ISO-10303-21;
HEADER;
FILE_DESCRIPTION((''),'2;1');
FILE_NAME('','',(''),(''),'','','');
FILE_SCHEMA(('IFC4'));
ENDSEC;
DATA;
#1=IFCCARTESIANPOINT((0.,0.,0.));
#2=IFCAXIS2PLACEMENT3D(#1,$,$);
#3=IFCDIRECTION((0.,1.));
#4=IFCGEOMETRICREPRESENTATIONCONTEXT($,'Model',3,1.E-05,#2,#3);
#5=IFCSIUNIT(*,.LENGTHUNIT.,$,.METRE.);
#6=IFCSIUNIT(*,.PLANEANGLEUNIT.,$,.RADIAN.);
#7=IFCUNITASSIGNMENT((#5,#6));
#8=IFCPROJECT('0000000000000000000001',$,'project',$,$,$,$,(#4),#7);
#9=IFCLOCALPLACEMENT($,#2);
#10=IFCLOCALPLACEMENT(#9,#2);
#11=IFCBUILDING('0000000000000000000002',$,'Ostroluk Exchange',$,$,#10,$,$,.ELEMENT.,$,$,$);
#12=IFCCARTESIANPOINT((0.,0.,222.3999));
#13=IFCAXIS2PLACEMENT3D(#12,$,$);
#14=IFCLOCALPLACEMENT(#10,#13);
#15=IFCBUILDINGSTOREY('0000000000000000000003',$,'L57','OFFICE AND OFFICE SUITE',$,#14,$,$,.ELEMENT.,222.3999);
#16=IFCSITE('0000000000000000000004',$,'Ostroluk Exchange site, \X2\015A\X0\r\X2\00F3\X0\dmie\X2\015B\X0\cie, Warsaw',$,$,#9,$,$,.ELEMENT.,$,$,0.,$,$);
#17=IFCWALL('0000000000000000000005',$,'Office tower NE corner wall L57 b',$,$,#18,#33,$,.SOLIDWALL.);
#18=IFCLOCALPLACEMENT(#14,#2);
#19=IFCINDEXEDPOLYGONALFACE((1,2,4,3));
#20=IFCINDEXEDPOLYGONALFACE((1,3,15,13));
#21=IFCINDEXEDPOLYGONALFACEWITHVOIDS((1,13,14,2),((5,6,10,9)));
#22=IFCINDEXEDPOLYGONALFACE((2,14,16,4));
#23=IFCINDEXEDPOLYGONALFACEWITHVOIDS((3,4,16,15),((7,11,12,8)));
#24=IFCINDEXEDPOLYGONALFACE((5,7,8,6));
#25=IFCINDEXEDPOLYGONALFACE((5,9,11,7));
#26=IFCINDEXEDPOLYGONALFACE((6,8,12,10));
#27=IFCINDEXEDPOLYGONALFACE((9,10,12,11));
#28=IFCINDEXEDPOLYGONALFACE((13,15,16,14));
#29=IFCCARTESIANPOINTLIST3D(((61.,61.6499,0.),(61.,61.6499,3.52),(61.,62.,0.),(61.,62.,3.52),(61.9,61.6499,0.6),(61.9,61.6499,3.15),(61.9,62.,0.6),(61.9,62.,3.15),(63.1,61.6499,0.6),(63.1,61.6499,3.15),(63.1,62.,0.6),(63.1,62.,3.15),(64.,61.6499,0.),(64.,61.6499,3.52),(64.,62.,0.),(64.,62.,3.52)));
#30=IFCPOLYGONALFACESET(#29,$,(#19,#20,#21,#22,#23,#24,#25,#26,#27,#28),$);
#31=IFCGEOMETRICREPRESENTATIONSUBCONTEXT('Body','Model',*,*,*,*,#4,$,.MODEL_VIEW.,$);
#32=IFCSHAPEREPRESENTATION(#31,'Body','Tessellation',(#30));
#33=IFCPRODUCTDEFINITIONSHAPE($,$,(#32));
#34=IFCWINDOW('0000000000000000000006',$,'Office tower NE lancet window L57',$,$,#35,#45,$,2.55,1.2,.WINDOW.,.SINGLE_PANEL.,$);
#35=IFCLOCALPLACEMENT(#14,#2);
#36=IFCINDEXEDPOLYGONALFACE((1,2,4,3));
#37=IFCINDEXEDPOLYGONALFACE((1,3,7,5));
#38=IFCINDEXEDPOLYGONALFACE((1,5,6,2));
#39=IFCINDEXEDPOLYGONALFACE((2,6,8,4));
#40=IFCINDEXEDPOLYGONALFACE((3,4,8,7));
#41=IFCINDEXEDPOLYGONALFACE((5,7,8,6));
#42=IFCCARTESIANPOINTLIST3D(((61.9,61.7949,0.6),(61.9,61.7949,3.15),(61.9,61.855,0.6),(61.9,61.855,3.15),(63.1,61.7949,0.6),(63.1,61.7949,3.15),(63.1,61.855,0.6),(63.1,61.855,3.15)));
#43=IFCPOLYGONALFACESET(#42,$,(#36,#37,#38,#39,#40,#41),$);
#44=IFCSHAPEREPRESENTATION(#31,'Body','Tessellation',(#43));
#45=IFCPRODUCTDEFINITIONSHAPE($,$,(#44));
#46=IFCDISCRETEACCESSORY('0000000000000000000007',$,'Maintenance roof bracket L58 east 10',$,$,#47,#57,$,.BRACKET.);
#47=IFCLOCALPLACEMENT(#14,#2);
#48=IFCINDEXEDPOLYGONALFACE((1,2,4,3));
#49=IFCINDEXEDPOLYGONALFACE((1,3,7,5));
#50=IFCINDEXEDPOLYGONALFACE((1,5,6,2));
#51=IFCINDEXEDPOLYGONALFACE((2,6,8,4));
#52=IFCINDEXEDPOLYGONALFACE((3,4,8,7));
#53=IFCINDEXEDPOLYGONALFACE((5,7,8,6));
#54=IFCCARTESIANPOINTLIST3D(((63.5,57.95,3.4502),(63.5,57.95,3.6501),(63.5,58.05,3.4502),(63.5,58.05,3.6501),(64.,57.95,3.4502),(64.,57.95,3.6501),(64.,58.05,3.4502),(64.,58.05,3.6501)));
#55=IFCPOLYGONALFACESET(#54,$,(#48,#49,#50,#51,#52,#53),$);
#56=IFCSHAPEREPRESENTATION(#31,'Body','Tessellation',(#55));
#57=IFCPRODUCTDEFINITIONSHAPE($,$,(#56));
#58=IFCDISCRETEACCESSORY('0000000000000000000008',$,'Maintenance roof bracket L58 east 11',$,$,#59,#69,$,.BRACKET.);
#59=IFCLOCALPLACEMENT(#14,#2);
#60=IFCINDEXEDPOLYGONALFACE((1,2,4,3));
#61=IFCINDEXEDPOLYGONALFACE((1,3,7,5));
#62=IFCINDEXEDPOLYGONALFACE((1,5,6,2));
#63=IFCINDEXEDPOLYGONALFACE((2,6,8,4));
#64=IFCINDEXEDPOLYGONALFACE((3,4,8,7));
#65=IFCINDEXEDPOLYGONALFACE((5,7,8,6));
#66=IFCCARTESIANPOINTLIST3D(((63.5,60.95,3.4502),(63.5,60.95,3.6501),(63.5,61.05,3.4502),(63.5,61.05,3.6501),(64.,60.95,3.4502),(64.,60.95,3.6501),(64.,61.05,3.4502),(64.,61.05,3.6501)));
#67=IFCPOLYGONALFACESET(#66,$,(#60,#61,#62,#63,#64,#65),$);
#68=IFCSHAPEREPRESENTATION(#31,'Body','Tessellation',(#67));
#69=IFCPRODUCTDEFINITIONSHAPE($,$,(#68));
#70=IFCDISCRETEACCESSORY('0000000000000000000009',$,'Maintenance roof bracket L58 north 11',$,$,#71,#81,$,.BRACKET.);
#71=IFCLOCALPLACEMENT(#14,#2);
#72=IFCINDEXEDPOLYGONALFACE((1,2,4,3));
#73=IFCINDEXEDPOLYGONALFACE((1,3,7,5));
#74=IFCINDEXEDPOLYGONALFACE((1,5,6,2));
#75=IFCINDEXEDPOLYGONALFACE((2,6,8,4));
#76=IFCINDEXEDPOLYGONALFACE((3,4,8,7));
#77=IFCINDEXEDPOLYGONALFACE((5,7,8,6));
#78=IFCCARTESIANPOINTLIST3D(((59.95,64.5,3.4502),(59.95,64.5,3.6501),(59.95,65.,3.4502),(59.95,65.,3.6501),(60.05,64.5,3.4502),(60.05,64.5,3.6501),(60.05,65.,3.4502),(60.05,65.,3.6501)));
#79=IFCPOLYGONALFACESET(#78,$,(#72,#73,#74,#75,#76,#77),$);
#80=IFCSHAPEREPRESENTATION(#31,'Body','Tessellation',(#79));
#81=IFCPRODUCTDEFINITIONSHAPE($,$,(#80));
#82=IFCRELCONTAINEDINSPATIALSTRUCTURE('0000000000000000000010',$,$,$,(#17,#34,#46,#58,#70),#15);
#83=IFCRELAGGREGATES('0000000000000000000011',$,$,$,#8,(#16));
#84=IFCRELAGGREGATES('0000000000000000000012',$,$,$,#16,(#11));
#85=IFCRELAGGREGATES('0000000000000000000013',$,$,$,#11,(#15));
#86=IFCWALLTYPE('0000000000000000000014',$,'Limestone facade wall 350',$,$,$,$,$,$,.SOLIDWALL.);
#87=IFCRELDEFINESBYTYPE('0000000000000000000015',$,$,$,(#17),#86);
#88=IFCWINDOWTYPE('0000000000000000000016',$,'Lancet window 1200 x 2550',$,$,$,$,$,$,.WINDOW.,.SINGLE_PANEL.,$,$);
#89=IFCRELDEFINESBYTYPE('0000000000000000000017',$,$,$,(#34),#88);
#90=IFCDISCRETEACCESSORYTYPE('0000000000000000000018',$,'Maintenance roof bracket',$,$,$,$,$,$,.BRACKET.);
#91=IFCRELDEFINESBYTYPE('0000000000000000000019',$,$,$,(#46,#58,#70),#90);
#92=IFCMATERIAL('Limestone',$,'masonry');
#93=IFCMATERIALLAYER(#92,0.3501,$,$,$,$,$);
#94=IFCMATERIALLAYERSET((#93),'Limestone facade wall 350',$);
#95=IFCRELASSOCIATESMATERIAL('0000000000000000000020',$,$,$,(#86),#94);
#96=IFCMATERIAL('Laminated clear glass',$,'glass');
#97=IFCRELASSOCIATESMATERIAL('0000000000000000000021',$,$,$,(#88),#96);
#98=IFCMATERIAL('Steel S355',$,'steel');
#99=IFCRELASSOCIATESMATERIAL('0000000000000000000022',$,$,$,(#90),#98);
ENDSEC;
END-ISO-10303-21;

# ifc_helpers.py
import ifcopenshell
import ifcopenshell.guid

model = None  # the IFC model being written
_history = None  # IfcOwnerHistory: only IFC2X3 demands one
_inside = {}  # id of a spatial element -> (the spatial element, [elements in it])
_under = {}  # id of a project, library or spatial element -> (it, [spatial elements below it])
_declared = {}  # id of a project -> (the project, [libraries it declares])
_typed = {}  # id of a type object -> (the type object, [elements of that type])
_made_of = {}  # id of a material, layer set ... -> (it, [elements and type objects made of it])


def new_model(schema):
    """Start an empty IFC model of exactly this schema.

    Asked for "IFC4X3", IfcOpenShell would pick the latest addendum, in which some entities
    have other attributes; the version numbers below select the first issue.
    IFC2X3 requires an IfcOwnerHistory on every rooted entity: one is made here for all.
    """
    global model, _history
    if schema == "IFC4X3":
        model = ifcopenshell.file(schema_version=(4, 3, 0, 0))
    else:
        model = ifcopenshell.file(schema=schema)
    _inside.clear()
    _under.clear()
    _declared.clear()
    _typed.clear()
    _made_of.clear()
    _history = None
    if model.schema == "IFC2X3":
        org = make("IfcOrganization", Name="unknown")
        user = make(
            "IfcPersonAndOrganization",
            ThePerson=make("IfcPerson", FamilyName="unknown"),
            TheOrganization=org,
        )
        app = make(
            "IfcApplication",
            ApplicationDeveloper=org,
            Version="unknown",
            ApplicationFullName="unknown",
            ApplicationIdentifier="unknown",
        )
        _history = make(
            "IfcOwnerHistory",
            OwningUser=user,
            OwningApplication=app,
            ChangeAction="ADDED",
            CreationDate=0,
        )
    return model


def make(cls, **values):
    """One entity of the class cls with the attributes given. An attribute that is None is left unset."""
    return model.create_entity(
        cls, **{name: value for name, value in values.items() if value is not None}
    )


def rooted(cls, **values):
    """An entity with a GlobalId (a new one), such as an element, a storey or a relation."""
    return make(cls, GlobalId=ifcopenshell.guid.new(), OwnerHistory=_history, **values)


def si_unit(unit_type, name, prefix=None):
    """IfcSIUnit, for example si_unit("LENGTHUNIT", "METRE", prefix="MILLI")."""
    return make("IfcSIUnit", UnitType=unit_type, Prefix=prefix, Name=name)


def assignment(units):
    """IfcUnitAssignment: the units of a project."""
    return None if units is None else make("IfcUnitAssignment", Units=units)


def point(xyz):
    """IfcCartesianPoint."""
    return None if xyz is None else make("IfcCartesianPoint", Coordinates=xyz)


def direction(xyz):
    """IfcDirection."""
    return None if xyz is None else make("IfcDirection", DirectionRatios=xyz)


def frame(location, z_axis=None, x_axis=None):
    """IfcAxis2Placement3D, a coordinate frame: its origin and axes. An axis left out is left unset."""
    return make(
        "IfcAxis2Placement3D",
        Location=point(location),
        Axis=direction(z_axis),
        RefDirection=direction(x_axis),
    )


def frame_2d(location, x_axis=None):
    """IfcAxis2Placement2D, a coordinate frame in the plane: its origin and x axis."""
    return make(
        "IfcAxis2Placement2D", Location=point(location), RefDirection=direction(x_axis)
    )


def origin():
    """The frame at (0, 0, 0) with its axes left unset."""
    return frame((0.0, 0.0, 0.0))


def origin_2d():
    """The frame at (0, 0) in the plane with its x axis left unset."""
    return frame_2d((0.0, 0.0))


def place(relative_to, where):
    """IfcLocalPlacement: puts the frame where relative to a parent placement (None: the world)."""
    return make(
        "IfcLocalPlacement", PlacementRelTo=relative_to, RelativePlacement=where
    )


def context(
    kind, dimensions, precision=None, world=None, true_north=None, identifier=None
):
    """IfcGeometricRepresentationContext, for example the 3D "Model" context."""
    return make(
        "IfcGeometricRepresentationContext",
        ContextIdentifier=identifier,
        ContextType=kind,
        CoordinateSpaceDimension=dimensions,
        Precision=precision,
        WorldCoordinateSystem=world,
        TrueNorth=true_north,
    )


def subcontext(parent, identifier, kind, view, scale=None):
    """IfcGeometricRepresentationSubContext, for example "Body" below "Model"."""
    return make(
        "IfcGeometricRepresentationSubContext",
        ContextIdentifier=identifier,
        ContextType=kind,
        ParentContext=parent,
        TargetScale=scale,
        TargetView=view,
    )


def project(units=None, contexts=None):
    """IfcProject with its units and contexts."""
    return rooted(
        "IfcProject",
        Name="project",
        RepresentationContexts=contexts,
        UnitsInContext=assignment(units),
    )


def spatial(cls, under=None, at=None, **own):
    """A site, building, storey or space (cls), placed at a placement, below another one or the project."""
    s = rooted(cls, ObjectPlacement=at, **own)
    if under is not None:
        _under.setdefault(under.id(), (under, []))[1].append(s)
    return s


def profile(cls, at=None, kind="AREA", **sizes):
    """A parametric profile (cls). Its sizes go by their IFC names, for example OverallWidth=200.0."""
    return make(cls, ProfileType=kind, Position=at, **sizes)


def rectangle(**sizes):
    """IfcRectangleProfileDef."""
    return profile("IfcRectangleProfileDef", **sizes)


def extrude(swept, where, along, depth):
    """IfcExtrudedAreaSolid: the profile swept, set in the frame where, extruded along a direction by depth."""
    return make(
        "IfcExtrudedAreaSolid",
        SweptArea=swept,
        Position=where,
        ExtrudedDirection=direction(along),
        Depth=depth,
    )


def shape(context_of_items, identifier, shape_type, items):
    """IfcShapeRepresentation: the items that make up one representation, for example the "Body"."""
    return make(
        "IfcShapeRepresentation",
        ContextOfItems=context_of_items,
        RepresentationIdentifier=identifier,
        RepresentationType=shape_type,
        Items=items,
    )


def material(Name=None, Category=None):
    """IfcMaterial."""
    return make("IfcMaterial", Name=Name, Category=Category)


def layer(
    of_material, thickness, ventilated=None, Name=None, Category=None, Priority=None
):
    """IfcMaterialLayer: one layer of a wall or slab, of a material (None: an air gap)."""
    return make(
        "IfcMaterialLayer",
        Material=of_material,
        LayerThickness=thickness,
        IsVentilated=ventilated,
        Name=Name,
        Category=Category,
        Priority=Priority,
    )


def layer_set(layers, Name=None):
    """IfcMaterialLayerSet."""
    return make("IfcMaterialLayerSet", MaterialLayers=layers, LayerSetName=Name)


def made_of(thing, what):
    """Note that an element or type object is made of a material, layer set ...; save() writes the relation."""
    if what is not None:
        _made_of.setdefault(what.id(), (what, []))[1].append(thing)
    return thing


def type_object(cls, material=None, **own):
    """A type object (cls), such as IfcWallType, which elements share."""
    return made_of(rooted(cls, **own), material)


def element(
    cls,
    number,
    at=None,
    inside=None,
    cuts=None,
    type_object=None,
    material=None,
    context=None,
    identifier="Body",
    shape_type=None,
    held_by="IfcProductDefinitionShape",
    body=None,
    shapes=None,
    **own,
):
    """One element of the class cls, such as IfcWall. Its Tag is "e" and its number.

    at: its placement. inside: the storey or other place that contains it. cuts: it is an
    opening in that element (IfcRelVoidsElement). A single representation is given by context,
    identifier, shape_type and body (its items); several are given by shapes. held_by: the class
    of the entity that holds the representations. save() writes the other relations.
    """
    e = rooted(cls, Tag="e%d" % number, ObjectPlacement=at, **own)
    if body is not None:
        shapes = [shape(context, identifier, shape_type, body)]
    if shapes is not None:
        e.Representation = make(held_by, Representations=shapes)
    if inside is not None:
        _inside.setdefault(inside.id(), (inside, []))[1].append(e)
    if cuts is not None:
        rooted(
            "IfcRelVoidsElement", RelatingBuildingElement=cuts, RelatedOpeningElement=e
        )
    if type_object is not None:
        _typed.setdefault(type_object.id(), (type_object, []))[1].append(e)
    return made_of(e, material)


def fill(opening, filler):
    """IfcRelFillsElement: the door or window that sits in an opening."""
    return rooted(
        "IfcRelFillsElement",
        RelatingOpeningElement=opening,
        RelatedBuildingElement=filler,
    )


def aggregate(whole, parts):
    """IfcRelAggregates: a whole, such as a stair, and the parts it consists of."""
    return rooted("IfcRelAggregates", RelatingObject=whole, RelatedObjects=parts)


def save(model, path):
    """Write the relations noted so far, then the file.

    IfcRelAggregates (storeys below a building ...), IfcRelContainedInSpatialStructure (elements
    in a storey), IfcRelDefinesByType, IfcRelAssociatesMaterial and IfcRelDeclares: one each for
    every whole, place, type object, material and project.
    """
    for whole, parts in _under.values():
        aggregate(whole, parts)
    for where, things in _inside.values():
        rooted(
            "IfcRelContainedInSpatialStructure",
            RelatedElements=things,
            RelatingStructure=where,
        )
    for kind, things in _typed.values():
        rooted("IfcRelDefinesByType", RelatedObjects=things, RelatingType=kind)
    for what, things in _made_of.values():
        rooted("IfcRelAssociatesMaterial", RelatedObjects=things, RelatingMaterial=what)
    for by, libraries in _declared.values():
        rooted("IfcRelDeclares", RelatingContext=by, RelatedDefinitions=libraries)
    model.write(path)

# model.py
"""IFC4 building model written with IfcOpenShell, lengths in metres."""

from ifc_helpers import new_model, si_unit, direction, frame, frame_2d, origin, origin_2d, place, context, subcontext, project, spatial, rectangle, extrude, material, layer, layer_set, type_object, element, fill, save


model = new_model("IFC4")

# Units and contexts
model_context = context("Model", 3, precision=1e-05, world=origin(), true_north=direction((0.0, 1.0)))
body_context = subcontext(model_context, "Body", "Model", "MODEL_VIEW")
ifc_project = project(units=[si_unit("LENGTHUNIT", "METRE"), si_unit("PLANEANGLEUNIT", "RADIAN")], contexts=[model_context])

# Site, building, storey
site_placement = place(None, origin())
site = spatial("IfcSite", under=ifc_project, at=site_placement, Name="Ostroluk Exchange site, Śródmieście, Warsaw", CompositionType="ELEMENT", RefElevation=0.0)
building_placement = place(site_placement, origin())
building = spatial("IfcBuilding", under=site, at=building_placement, Name="Ostroluk Exchange", CompositionType="ELEMENT")
storey_placement = place(building_placement, frame((0.0, 0.0, 222.3999)))
storey = spatial("IfcBuildingStorey", under=building, at=storey_placement, Name="L57", Description="OFFICE AND OFFICE SUITE", CompositionType="ELEMENT", Elevation=222.3999)

# Shared definitions
ifc_material_1 = material(Name="Limestone", Category="masonry")
ifc_layer_1 = layer(ifc_material_1, 0.3501)
ifc_layer_set_1 = layer_set([ifc_layer_1], Name="Limestone facade wall 350")
wall_type = type_object("IfcWallType", Name="Limestone facade wall 350", PredefinedType="SOLIDWALL", material=ifc_layer_set_1)

# Wall, opening, window
wall_1_placement = place(storey_placement, frame((61.0, 61.825, 0.0), z_axis=(0.0, 0.0, 1.0), x_axis=(1.0, 0.0, 0.0)))
wall_1 = element("IfcWall", 1, at=wall_1_placement, inside=storey, type_object=wall_type, Name="Office tower NE corner wall L57 b", PredefinedType="SOLIDWALL", context=body_context, shape_type="SweptSolid", body=[
    extrude(rectangle(XDim=3.0, YDim=0.3501, at=frame_2d((1.5, 0.0))), origin(), (0.0, 0.0, 1.0), 3.52),
])
opening_1_placement = place(wall_1_placement, frame((0.8999, 0.0, 0.6001)))
opening_1 = element("IfcOpeningElement", 2, at=opening_1_placement, cuts=wall_1, PredefinedType="OPENING", context=body_context, shape_type="SweptSolid", body=[
    extrude(rectangle(XDim=1.2, YDim=2.55, at=frame_2d((0.6001, 1.2749))), frame((0.0, 0.1851, 0.0), z_axis=(0.0, -1.0, 0.0), x_axis=(1.0, 0.0, 0.0)), (0.0, 0.0, 1.0), 0.3701),
])
ifc_material_2 = material(Name="Laminated clear glass", Category="glass")
window_type = type_object("IfcWindowType", Name="Lancet window 1200 x 2550", PartitioningType="SINGLE_PANEL", PredefinedType="WINDOW", material=ifc_material_2)
window_placement = place(opening_1_placement, origin())
window = element("IfcWindow", 3, at=window_placement, inside=storey, type_object=window_type, Name="Office tower NE lancet window L57", OverallHeight=2.55, OverallWidth=1.2, PartitioningType="SINGLE_PANEL", PredefinedType="WINDOW", context=body_context, shape_type="SweptSolid", body=[
    extrude(rectangle(XDim=1.2, YDim=2.55, at=frame_2d((0.6001, 1.2749))), frame((0.0, 0.03, 0.0), z_axis=(0.0, -1.0, 0.0), x_axis=(1.0, 0.0, 0.0)), (0.0, 0.0, 1.0), 0.0601),
])
fill(opening_1, window)

# Discrete accessories
ifc_material_3 = material(Name="Steel S355", Category="steel")
discrete_accessory_type = type_object("IfcDiscreteAccessoryType", Name="Maintenance roof bracket", PredefinedType="BRACKET", material=ifc_material_3)
for number, where, z_axis, x_axis, name in (
    (4, (63.75, 58.0, 3.4502), (0.0, 0.0, 1.0), (1.0, 0.0, 0.0), "Maintenance roof bracket L58 east 10"),
    (5, (63.75, 61.0, 3.4502), (0.0, 0.0, 1.0), (1.0, 0.0, 0.0), "Maintenance roof bracket L58 east 11"),
):
    element("IfcDiscreteAccessory", number, at=place(storey_placement, frame(where, z_axis=z_axis, x_axis=x_axis)), inside=storey, type_object=discrete_accessory_type, Name=name, PredefinedType="BRACKET", context=body_context, shape_type="SweptSolid", body=[
        extrude(rectangle(XDim=0.5, YDim=0.1001, at=origin_2d()), origin(), (0.0, 0.0, 1.0), 0.2),
    ])
discrete_accessory_placement = place(storey_placement, frame((60.0, 64.75, 3.4502), z_axis=(0.0, 0.0, 1.0), x_axis=(1.0, 0.0, 0.0)))
element("IfcDiscreteAccessory", 6, at=discrete_accessory_placement, inside=storey, type_object=discrete_accessory_type, Name="Maintenance roof bracket L58 north 11", PredefinedType="BRACKET", context=body_context, shape_type="SweptSolid", body=[
    extrude(rectangle(XDim=0.1001, YDim=0.5, at=origin_2d()), origin(), (0.0, 0.0, 1.0), 0.2),
])

save(model, "model.ifc")
